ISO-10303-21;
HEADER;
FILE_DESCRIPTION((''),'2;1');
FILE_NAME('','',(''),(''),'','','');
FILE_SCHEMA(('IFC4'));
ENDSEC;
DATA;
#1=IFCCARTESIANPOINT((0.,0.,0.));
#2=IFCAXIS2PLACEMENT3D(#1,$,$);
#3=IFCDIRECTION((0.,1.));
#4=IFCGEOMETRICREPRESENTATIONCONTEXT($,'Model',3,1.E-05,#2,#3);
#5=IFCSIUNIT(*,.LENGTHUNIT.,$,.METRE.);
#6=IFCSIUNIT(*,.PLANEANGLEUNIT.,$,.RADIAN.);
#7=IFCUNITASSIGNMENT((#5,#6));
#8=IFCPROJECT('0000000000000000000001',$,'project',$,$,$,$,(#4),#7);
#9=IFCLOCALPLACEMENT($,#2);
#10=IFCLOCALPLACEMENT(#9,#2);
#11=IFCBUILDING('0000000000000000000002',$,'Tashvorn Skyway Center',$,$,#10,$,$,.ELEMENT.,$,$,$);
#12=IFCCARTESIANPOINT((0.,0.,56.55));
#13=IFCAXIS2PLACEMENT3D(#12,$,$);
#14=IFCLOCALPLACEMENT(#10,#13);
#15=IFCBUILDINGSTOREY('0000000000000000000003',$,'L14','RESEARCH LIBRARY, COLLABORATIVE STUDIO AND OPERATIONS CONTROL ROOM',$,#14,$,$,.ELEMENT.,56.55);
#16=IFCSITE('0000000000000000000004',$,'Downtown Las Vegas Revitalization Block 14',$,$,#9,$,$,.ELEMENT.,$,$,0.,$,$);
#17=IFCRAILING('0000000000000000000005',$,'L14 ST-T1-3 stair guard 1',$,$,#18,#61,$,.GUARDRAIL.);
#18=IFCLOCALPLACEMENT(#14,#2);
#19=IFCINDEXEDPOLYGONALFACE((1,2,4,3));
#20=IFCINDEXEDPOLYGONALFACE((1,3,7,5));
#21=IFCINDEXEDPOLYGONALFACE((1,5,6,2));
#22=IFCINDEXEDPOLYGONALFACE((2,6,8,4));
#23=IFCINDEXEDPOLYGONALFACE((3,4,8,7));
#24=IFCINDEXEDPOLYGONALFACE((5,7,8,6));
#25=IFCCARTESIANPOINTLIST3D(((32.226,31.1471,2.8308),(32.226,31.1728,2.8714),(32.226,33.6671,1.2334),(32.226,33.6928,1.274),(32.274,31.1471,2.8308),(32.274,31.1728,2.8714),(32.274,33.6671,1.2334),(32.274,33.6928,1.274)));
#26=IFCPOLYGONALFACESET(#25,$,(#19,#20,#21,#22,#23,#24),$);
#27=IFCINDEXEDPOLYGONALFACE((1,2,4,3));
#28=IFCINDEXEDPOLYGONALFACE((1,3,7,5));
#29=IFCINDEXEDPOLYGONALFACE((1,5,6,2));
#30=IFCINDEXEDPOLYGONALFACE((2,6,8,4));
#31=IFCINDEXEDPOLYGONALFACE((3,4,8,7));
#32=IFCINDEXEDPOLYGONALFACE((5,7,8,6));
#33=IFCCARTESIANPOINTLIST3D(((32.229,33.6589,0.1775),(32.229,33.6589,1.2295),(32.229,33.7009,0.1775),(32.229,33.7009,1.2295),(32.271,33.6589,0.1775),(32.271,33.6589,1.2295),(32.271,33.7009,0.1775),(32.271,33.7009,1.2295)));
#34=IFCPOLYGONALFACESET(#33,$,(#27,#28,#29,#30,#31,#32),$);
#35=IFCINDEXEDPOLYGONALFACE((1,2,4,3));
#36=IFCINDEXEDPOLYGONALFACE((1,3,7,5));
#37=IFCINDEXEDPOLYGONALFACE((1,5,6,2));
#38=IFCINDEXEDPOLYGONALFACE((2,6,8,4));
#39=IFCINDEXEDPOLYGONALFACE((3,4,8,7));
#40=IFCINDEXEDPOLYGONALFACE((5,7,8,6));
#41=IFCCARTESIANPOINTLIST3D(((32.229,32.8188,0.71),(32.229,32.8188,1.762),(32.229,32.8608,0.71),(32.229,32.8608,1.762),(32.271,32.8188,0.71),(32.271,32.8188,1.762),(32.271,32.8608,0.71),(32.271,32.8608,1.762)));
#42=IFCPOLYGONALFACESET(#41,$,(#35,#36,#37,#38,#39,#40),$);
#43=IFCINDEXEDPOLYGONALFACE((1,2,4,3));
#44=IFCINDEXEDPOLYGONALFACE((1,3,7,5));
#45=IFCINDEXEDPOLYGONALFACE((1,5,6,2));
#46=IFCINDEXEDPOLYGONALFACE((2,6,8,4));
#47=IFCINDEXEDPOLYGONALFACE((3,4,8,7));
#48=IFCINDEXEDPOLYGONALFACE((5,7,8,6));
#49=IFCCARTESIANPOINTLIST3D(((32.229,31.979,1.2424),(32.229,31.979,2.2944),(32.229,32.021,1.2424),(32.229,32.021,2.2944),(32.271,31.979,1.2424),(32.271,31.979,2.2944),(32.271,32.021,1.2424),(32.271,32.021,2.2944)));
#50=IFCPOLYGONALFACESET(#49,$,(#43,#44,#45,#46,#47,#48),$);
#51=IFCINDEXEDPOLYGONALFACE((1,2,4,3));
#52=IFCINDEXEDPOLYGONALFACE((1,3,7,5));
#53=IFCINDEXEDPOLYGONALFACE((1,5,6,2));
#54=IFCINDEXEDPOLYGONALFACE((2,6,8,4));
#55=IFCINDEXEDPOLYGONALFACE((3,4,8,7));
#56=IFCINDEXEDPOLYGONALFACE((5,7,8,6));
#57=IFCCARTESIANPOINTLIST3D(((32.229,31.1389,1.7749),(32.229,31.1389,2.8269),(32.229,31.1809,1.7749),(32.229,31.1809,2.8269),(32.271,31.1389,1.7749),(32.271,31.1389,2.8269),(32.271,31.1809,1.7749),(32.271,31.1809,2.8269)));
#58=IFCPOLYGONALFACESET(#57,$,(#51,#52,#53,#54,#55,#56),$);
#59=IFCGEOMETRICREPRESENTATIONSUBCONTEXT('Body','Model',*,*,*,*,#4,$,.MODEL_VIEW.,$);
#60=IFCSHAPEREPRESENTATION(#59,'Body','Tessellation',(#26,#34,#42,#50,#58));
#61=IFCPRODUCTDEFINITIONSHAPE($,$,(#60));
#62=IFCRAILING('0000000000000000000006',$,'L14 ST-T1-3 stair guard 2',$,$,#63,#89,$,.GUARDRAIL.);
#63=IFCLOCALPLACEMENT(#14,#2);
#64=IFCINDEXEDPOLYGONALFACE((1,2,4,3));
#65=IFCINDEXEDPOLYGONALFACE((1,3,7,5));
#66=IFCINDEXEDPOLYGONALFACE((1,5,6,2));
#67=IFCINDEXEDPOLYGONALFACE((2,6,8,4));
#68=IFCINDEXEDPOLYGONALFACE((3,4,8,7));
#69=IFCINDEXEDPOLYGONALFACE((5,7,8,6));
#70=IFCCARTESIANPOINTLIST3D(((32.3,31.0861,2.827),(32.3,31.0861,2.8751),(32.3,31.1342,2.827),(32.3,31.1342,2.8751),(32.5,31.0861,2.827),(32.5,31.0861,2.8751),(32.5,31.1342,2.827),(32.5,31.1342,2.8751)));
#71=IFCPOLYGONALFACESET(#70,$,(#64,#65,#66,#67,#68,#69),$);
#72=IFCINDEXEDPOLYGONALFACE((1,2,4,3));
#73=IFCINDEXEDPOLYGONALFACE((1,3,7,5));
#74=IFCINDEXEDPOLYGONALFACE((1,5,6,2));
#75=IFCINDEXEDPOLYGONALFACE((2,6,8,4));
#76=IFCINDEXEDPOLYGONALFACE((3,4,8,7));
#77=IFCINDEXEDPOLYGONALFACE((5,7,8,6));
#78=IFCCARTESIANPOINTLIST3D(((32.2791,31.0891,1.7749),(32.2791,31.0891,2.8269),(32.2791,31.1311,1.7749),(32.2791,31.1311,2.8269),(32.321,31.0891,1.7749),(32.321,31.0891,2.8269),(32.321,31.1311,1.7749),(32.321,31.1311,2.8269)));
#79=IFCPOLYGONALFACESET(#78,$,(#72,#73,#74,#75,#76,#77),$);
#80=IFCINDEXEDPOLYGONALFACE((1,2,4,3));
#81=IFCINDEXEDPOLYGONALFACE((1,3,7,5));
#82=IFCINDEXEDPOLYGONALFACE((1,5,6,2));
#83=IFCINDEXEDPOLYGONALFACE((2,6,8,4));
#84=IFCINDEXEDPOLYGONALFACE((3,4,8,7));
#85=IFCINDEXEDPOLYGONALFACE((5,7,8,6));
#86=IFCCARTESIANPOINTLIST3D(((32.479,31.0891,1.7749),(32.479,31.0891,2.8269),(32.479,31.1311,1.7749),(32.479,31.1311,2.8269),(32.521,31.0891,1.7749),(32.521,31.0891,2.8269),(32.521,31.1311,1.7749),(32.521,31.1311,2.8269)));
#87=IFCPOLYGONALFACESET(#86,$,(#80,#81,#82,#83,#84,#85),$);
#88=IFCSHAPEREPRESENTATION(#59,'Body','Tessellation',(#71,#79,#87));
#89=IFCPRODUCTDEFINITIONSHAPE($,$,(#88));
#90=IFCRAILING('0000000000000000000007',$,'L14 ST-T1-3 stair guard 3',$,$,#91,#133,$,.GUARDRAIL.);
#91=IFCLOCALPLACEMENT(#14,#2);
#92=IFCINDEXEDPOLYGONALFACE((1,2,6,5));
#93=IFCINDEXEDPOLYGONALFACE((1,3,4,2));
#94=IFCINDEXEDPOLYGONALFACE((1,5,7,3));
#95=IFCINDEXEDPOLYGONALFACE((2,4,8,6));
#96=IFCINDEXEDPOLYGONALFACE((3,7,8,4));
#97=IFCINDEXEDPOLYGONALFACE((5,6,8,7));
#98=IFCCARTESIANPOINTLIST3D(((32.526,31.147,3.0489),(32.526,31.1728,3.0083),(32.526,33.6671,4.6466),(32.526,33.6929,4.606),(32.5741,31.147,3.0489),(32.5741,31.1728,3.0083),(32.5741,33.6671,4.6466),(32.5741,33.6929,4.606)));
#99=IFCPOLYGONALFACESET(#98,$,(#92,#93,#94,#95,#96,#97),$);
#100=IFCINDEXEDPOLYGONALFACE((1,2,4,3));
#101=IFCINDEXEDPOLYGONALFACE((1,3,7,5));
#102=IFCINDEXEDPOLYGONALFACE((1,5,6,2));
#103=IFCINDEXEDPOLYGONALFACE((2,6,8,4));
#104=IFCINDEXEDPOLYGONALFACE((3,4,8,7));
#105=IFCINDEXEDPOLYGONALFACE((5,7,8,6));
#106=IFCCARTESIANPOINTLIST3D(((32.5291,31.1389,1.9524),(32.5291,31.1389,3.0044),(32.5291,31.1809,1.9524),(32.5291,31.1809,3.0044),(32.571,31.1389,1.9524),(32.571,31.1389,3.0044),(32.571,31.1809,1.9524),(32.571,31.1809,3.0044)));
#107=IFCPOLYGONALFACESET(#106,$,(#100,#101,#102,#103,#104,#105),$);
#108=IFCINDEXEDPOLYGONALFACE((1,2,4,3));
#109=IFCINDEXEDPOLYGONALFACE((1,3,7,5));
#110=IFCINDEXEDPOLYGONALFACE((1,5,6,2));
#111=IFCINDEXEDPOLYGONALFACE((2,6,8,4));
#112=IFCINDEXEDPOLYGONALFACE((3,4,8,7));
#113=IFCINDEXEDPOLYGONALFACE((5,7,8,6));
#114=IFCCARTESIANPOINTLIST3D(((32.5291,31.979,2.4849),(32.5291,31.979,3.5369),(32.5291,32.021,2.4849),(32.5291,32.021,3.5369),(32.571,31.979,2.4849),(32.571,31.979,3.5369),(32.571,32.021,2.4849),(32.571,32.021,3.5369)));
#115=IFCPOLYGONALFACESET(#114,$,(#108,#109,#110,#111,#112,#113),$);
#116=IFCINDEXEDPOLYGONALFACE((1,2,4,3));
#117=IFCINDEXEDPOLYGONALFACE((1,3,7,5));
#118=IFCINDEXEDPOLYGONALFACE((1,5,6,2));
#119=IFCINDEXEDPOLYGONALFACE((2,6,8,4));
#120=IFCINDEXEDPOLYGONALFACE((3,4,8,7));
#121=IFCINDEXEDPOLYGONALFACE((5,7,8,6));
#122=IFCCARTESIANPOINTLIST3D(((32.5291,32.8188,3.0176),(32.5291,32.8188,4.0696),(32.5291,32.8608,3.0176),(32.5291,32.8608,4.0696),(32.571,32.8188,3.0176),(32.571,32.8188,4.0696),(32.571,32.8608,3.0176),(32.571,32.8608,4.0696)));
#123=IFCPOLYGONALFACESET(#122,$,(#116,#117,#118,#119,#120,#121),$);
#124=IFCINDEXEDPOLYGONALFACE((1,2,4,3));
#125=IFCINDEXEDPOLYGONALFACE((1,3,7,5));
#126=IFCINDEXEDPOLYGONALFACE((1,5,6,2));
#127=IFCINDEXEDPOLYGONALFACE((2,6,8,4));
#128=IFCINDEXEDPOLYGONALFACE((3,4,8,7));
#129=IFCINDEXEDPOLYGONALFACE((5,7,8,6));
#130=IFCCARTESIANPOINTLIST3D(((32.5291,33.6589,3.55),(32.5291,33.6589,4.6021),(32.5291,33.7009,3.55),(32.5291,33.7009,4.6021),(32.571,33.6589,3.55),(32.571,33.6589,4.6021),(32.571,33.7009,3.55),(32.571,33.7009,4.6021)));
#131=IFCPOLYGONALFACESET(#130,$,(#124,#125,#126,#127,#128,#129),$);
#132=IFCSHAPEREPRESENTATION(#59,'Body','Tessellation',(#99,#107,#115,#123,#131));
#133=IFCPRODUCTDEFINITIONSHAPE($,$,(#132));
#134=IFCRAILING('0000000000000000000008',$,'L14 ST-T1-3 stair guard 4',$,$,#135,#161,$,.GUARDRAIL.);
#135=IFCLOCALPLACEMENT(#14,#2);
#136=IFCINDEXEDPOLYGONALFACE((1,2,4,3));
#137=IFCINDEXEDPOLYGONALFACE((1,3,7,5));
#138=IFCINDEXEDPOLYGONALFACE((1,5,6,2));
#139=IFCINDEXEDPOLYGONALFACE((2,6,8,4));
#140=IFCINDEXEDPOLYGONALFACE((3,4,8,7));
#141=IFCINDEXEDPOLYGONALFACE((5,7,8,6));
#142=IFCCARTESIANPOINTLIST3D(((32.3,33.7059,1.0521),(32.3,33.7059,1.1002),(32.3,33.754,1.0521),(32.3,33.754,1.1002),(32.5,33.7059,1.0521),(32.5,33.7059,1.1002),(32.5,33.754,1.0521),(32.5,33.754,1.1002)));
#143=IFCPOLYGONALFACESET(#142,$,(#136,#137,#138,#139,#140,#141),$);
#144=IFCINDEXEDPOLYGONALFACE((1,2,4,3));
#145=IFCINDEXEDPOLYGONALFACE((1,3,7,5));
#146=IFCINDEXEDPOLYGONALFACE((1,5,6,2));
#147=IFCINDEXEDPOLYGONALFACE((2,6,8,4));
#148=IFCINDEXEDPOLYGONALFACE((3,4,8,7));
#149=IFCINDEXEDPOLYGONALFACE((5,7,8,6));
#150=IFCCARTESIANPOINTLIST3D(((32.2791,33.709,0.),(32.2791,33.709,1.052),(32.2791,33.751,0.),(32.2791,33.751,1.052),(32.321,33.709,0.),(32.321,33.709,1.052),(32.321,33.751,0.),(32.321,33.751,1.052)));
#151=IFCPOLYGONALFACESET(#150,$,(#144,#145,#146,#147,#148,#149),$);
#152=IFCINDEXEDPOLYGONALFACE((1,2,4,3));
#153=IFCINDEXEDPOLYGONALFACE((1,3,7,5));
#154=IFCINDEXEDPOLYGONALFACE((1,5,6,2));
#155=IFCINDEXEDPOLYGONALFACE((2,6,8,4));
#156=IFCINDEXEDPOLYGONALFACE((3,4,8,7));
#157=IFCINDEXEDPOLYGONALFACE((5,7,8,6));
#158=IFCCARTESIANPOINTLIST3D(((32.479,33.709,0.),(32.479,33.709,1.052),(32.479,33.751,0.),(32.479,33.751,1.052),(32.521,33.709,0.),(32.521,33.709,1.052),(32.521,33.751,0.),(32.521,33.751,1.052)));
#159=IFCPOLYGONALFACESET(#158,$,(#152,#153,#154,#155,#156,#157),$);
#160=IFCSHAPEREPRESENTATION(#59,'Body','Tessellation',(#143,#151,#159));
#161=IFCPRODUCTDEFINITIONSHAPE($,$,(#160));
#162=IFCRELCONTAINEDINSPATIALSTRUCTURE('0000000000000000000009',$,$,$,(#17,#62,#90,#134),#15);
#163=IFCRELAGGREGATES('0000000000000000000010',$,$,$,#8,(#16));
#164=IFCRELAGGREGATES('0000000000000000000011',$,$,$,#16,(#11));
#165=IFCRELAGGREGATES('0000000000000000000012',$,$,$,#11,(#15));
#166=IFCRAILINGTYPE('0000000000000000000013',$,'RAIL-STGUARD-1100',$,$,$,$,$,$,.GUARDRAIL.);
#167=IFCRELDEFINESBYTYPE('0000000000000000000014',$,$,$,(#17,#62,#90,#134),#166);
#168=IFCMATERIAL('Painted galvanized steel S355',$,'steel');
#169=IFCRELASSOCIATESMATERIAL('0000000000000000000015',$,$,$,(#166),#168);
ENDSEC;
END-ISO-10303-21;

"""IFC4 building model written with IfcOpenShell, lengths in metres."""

from ifc_helpers import new_model, si_unit, direction, frame, origin, origin_2d, place, context, subcontext, project, spatial, rectangle, extrude, material, type_object, element, save


model = new_model("IFC4")

# Units and contexts
model_context = context("Model", 3, precision=1e-05, world=origin(), true_north=direction((0.0, 1.0)))
body_context = subcontext(model_context, "Body", "Model", "MODEL_VIEW")
ifc_project = project(units=[si_unit("LENGTHUNIT", "METRE"), si_unit("PLANEANGLEUNIT", "RADIAN")], contexts=[model_context])

# Site, building, storey
site_placement = place(None, origin())
site = spatial("IfcSite", under=ifc_project, at=site_placement, Name="Downtown Las Vegas Revitalization Block 14", CompositionType="ELEMENT", RefElevation=0.0)
building_placement = place(site_placement, origin())
building = spatial("IfcBuilding", under=site, at=building_placement, Name="Tashvorn Skyway Center", CompositionType="ELEMENT")
storey_placement = place(building_placement, frame((0.0, 0.0, 56.55)))
storey = spatial("IfcBuildingStorey", under=building, at=storey_placement, Name="L14", Description="RESEARCH LIBRARY, COLLABORATIVE STUDIO AND OPERATIONS CONTROL ROOM", CompositionType="ELEMENT", Elevation=56.55)

# Railings
ifc_material_1 = material(Name="Painted galvanized steel S355", Category="steel")
railing_type_1 = type_object("IfcRailingType", Name="RAIL-STGUARD-1100", PredefinedType="GUARDRAIL", material=ifc_material_1)
railing_1_placement = place(storey_placement, frame((32.25, 33.6799, 0.1775)))
element("IfcRailing", 1, at=railing_1_placement, inside=storey, type_object=railing_type_1, Name="L14 ST-T1-3 stair guard 1", PredefinedType="GUARDRAIL", context=body_context, shape_type="SweptSolid", body=[
    extrude(rectangle(XDim=0.0481, YDim=0.0481, at=origin_2d()), frame((0.0, 0.0, 1.0762), z_axis=(0.0, -0.844607, 0.535387), x_axis=(1.0, 0.0, 0.0)), (0.0, 0.0, 1.0), 2.9836),
    extrude(rectangle(XDim=0.042, YDim=0.042, at=origin_2d()), origin(), (0.0, 0.0, 1.0), 1.052),
    extrude(rectangle(XDim=0.042, YDim=0.042, at=origin_2d()), frame((0.0, -0.8401, 0.5325)), (0.0, 0.0, 1.0), 1.052),
    extrude(rectangle(XDim=0.042, YDim=0.042, at=origin_2d()), frame((0.0, -1.6799, 1.0649)), (0.0, 0.0, 1.0), 1.052),
    extrude(rectangle(XDim=0.042, YDim=0.042, at=origin_2d()), frame((0.0, -2.52, 1.5974)), (0.0, 0.0, 1.0), 1.052),
])
railing_2_placement = place(storey_placement, frame((32.3, 31.1101, 1.7749)))
element("IfcRailing", 2, at=railing_2_placement, inside=storey, type_object=railing_type_1, Name="L14 ST-T1-3 stair guard 2", PredefinedType="GUARDRAIL", context=body_context, shape_type="SweptSolid", body=[
    extrude(rectangle(XDim=0.0481, YDim=0.0481, at=origin_2d()), frame((0.0, 0.0, 1.0762), z_axis=(1.0, 0.0, 0.0), x_axis=(0.0, 1.0, 0.0)), (0.0, 0.0, 1.0), 0.2),
    extrude(rectangle(XDim=0.042, YDim=0.042, at=origin_2d()), origin(), (0.0, 0.0, 1.0), 1.052),
    extrude(rectangle(XDim=0.042, YDim=0.042, at=origin_2d()), frame((0.2, 0.0, 0.0)), (0.0, 0.0, 1.0), 1.052),
])
railing_3_placement = place(storey_placement, frame((32.55, 31.1599, 1.9524)))
element("IfcRailing", 3, at=railing_3_placement, inside=storey, type_object=railing_type_1, Name="L14 ST-T1-3 stair guard 3", PredefinedType="GUARDRAIL", context=body_context, shape_type="SweptSolid", body=[
    extrude(rectangle(XDim=0.0481, YDim=0.0481, at=origin_2d()), frame((0.0, 0.0, 1.0762), z_axis=(0.0, 0.84457, 0.535445), x_axis=(-1.0, 0.0, 0.0)), (0.0, 0.0, 1.0), 2.9839),
    extrude(rectangle(XDim=0.042, YDim=0.042, at=origin_2d()), origin(), (0.0, 0.0, 1.0), 1.052),
    extrude(rectangle(XDim=0.042, YDim=0.042, at=origin_2d()), frame((0.0, 0.8401, 0.5325)), (0.0, 0.0, 1.0), 1.052),
    extrude(rectangle(XDim=0.042, YDim=0.042, at=origin_2d()), frame((0.0, 1.6799, 1.0652)), (0.0, 0.0, 1.0), 1.052),
    extrude(rectangle(XDim=0.042, YDim=0.042, at=origin_2d()), frame((0.0, 2.52, 1.5977)), (0.0, 0.0, 1.0), 1.052),
])
railing_4_placement = place(storey_placement, frame((32.3, 33.73, 0.0)))
element("IfcRailing", 4, at=railing_4_placement, inside=storey, type_object=railing_type_1, Name="L14 ST-T1-3 stair guard 4", PredefinedType="GUARDRAIL", context=body_context, shape_type="SweptSolid", body=[
    extrude(rectangle(XDim=0.0481, YDim=0.0481, at=origin_2d()), frame((0.0, 0.0, 1.0762), z_axis=(1.0, 0.0, 0.0), x_axis=(0.0, 1.0, 0.0)), (0.0, 0.0, 1.0), 0.2),
    extrude(rectangle(XDim=0.042, YDim=0.042, at=origin_2d()), origin(), (0.0, 0.0, 1.0), 1.052),
    extrude(rectangle(XDim=0.042, YDim=0.042, at=origin_2d()), frame((0.2, 0.0, 0.0)), (0.0, 0.0, 1.0), 1.052),
])

save(model, "model.ifc")
